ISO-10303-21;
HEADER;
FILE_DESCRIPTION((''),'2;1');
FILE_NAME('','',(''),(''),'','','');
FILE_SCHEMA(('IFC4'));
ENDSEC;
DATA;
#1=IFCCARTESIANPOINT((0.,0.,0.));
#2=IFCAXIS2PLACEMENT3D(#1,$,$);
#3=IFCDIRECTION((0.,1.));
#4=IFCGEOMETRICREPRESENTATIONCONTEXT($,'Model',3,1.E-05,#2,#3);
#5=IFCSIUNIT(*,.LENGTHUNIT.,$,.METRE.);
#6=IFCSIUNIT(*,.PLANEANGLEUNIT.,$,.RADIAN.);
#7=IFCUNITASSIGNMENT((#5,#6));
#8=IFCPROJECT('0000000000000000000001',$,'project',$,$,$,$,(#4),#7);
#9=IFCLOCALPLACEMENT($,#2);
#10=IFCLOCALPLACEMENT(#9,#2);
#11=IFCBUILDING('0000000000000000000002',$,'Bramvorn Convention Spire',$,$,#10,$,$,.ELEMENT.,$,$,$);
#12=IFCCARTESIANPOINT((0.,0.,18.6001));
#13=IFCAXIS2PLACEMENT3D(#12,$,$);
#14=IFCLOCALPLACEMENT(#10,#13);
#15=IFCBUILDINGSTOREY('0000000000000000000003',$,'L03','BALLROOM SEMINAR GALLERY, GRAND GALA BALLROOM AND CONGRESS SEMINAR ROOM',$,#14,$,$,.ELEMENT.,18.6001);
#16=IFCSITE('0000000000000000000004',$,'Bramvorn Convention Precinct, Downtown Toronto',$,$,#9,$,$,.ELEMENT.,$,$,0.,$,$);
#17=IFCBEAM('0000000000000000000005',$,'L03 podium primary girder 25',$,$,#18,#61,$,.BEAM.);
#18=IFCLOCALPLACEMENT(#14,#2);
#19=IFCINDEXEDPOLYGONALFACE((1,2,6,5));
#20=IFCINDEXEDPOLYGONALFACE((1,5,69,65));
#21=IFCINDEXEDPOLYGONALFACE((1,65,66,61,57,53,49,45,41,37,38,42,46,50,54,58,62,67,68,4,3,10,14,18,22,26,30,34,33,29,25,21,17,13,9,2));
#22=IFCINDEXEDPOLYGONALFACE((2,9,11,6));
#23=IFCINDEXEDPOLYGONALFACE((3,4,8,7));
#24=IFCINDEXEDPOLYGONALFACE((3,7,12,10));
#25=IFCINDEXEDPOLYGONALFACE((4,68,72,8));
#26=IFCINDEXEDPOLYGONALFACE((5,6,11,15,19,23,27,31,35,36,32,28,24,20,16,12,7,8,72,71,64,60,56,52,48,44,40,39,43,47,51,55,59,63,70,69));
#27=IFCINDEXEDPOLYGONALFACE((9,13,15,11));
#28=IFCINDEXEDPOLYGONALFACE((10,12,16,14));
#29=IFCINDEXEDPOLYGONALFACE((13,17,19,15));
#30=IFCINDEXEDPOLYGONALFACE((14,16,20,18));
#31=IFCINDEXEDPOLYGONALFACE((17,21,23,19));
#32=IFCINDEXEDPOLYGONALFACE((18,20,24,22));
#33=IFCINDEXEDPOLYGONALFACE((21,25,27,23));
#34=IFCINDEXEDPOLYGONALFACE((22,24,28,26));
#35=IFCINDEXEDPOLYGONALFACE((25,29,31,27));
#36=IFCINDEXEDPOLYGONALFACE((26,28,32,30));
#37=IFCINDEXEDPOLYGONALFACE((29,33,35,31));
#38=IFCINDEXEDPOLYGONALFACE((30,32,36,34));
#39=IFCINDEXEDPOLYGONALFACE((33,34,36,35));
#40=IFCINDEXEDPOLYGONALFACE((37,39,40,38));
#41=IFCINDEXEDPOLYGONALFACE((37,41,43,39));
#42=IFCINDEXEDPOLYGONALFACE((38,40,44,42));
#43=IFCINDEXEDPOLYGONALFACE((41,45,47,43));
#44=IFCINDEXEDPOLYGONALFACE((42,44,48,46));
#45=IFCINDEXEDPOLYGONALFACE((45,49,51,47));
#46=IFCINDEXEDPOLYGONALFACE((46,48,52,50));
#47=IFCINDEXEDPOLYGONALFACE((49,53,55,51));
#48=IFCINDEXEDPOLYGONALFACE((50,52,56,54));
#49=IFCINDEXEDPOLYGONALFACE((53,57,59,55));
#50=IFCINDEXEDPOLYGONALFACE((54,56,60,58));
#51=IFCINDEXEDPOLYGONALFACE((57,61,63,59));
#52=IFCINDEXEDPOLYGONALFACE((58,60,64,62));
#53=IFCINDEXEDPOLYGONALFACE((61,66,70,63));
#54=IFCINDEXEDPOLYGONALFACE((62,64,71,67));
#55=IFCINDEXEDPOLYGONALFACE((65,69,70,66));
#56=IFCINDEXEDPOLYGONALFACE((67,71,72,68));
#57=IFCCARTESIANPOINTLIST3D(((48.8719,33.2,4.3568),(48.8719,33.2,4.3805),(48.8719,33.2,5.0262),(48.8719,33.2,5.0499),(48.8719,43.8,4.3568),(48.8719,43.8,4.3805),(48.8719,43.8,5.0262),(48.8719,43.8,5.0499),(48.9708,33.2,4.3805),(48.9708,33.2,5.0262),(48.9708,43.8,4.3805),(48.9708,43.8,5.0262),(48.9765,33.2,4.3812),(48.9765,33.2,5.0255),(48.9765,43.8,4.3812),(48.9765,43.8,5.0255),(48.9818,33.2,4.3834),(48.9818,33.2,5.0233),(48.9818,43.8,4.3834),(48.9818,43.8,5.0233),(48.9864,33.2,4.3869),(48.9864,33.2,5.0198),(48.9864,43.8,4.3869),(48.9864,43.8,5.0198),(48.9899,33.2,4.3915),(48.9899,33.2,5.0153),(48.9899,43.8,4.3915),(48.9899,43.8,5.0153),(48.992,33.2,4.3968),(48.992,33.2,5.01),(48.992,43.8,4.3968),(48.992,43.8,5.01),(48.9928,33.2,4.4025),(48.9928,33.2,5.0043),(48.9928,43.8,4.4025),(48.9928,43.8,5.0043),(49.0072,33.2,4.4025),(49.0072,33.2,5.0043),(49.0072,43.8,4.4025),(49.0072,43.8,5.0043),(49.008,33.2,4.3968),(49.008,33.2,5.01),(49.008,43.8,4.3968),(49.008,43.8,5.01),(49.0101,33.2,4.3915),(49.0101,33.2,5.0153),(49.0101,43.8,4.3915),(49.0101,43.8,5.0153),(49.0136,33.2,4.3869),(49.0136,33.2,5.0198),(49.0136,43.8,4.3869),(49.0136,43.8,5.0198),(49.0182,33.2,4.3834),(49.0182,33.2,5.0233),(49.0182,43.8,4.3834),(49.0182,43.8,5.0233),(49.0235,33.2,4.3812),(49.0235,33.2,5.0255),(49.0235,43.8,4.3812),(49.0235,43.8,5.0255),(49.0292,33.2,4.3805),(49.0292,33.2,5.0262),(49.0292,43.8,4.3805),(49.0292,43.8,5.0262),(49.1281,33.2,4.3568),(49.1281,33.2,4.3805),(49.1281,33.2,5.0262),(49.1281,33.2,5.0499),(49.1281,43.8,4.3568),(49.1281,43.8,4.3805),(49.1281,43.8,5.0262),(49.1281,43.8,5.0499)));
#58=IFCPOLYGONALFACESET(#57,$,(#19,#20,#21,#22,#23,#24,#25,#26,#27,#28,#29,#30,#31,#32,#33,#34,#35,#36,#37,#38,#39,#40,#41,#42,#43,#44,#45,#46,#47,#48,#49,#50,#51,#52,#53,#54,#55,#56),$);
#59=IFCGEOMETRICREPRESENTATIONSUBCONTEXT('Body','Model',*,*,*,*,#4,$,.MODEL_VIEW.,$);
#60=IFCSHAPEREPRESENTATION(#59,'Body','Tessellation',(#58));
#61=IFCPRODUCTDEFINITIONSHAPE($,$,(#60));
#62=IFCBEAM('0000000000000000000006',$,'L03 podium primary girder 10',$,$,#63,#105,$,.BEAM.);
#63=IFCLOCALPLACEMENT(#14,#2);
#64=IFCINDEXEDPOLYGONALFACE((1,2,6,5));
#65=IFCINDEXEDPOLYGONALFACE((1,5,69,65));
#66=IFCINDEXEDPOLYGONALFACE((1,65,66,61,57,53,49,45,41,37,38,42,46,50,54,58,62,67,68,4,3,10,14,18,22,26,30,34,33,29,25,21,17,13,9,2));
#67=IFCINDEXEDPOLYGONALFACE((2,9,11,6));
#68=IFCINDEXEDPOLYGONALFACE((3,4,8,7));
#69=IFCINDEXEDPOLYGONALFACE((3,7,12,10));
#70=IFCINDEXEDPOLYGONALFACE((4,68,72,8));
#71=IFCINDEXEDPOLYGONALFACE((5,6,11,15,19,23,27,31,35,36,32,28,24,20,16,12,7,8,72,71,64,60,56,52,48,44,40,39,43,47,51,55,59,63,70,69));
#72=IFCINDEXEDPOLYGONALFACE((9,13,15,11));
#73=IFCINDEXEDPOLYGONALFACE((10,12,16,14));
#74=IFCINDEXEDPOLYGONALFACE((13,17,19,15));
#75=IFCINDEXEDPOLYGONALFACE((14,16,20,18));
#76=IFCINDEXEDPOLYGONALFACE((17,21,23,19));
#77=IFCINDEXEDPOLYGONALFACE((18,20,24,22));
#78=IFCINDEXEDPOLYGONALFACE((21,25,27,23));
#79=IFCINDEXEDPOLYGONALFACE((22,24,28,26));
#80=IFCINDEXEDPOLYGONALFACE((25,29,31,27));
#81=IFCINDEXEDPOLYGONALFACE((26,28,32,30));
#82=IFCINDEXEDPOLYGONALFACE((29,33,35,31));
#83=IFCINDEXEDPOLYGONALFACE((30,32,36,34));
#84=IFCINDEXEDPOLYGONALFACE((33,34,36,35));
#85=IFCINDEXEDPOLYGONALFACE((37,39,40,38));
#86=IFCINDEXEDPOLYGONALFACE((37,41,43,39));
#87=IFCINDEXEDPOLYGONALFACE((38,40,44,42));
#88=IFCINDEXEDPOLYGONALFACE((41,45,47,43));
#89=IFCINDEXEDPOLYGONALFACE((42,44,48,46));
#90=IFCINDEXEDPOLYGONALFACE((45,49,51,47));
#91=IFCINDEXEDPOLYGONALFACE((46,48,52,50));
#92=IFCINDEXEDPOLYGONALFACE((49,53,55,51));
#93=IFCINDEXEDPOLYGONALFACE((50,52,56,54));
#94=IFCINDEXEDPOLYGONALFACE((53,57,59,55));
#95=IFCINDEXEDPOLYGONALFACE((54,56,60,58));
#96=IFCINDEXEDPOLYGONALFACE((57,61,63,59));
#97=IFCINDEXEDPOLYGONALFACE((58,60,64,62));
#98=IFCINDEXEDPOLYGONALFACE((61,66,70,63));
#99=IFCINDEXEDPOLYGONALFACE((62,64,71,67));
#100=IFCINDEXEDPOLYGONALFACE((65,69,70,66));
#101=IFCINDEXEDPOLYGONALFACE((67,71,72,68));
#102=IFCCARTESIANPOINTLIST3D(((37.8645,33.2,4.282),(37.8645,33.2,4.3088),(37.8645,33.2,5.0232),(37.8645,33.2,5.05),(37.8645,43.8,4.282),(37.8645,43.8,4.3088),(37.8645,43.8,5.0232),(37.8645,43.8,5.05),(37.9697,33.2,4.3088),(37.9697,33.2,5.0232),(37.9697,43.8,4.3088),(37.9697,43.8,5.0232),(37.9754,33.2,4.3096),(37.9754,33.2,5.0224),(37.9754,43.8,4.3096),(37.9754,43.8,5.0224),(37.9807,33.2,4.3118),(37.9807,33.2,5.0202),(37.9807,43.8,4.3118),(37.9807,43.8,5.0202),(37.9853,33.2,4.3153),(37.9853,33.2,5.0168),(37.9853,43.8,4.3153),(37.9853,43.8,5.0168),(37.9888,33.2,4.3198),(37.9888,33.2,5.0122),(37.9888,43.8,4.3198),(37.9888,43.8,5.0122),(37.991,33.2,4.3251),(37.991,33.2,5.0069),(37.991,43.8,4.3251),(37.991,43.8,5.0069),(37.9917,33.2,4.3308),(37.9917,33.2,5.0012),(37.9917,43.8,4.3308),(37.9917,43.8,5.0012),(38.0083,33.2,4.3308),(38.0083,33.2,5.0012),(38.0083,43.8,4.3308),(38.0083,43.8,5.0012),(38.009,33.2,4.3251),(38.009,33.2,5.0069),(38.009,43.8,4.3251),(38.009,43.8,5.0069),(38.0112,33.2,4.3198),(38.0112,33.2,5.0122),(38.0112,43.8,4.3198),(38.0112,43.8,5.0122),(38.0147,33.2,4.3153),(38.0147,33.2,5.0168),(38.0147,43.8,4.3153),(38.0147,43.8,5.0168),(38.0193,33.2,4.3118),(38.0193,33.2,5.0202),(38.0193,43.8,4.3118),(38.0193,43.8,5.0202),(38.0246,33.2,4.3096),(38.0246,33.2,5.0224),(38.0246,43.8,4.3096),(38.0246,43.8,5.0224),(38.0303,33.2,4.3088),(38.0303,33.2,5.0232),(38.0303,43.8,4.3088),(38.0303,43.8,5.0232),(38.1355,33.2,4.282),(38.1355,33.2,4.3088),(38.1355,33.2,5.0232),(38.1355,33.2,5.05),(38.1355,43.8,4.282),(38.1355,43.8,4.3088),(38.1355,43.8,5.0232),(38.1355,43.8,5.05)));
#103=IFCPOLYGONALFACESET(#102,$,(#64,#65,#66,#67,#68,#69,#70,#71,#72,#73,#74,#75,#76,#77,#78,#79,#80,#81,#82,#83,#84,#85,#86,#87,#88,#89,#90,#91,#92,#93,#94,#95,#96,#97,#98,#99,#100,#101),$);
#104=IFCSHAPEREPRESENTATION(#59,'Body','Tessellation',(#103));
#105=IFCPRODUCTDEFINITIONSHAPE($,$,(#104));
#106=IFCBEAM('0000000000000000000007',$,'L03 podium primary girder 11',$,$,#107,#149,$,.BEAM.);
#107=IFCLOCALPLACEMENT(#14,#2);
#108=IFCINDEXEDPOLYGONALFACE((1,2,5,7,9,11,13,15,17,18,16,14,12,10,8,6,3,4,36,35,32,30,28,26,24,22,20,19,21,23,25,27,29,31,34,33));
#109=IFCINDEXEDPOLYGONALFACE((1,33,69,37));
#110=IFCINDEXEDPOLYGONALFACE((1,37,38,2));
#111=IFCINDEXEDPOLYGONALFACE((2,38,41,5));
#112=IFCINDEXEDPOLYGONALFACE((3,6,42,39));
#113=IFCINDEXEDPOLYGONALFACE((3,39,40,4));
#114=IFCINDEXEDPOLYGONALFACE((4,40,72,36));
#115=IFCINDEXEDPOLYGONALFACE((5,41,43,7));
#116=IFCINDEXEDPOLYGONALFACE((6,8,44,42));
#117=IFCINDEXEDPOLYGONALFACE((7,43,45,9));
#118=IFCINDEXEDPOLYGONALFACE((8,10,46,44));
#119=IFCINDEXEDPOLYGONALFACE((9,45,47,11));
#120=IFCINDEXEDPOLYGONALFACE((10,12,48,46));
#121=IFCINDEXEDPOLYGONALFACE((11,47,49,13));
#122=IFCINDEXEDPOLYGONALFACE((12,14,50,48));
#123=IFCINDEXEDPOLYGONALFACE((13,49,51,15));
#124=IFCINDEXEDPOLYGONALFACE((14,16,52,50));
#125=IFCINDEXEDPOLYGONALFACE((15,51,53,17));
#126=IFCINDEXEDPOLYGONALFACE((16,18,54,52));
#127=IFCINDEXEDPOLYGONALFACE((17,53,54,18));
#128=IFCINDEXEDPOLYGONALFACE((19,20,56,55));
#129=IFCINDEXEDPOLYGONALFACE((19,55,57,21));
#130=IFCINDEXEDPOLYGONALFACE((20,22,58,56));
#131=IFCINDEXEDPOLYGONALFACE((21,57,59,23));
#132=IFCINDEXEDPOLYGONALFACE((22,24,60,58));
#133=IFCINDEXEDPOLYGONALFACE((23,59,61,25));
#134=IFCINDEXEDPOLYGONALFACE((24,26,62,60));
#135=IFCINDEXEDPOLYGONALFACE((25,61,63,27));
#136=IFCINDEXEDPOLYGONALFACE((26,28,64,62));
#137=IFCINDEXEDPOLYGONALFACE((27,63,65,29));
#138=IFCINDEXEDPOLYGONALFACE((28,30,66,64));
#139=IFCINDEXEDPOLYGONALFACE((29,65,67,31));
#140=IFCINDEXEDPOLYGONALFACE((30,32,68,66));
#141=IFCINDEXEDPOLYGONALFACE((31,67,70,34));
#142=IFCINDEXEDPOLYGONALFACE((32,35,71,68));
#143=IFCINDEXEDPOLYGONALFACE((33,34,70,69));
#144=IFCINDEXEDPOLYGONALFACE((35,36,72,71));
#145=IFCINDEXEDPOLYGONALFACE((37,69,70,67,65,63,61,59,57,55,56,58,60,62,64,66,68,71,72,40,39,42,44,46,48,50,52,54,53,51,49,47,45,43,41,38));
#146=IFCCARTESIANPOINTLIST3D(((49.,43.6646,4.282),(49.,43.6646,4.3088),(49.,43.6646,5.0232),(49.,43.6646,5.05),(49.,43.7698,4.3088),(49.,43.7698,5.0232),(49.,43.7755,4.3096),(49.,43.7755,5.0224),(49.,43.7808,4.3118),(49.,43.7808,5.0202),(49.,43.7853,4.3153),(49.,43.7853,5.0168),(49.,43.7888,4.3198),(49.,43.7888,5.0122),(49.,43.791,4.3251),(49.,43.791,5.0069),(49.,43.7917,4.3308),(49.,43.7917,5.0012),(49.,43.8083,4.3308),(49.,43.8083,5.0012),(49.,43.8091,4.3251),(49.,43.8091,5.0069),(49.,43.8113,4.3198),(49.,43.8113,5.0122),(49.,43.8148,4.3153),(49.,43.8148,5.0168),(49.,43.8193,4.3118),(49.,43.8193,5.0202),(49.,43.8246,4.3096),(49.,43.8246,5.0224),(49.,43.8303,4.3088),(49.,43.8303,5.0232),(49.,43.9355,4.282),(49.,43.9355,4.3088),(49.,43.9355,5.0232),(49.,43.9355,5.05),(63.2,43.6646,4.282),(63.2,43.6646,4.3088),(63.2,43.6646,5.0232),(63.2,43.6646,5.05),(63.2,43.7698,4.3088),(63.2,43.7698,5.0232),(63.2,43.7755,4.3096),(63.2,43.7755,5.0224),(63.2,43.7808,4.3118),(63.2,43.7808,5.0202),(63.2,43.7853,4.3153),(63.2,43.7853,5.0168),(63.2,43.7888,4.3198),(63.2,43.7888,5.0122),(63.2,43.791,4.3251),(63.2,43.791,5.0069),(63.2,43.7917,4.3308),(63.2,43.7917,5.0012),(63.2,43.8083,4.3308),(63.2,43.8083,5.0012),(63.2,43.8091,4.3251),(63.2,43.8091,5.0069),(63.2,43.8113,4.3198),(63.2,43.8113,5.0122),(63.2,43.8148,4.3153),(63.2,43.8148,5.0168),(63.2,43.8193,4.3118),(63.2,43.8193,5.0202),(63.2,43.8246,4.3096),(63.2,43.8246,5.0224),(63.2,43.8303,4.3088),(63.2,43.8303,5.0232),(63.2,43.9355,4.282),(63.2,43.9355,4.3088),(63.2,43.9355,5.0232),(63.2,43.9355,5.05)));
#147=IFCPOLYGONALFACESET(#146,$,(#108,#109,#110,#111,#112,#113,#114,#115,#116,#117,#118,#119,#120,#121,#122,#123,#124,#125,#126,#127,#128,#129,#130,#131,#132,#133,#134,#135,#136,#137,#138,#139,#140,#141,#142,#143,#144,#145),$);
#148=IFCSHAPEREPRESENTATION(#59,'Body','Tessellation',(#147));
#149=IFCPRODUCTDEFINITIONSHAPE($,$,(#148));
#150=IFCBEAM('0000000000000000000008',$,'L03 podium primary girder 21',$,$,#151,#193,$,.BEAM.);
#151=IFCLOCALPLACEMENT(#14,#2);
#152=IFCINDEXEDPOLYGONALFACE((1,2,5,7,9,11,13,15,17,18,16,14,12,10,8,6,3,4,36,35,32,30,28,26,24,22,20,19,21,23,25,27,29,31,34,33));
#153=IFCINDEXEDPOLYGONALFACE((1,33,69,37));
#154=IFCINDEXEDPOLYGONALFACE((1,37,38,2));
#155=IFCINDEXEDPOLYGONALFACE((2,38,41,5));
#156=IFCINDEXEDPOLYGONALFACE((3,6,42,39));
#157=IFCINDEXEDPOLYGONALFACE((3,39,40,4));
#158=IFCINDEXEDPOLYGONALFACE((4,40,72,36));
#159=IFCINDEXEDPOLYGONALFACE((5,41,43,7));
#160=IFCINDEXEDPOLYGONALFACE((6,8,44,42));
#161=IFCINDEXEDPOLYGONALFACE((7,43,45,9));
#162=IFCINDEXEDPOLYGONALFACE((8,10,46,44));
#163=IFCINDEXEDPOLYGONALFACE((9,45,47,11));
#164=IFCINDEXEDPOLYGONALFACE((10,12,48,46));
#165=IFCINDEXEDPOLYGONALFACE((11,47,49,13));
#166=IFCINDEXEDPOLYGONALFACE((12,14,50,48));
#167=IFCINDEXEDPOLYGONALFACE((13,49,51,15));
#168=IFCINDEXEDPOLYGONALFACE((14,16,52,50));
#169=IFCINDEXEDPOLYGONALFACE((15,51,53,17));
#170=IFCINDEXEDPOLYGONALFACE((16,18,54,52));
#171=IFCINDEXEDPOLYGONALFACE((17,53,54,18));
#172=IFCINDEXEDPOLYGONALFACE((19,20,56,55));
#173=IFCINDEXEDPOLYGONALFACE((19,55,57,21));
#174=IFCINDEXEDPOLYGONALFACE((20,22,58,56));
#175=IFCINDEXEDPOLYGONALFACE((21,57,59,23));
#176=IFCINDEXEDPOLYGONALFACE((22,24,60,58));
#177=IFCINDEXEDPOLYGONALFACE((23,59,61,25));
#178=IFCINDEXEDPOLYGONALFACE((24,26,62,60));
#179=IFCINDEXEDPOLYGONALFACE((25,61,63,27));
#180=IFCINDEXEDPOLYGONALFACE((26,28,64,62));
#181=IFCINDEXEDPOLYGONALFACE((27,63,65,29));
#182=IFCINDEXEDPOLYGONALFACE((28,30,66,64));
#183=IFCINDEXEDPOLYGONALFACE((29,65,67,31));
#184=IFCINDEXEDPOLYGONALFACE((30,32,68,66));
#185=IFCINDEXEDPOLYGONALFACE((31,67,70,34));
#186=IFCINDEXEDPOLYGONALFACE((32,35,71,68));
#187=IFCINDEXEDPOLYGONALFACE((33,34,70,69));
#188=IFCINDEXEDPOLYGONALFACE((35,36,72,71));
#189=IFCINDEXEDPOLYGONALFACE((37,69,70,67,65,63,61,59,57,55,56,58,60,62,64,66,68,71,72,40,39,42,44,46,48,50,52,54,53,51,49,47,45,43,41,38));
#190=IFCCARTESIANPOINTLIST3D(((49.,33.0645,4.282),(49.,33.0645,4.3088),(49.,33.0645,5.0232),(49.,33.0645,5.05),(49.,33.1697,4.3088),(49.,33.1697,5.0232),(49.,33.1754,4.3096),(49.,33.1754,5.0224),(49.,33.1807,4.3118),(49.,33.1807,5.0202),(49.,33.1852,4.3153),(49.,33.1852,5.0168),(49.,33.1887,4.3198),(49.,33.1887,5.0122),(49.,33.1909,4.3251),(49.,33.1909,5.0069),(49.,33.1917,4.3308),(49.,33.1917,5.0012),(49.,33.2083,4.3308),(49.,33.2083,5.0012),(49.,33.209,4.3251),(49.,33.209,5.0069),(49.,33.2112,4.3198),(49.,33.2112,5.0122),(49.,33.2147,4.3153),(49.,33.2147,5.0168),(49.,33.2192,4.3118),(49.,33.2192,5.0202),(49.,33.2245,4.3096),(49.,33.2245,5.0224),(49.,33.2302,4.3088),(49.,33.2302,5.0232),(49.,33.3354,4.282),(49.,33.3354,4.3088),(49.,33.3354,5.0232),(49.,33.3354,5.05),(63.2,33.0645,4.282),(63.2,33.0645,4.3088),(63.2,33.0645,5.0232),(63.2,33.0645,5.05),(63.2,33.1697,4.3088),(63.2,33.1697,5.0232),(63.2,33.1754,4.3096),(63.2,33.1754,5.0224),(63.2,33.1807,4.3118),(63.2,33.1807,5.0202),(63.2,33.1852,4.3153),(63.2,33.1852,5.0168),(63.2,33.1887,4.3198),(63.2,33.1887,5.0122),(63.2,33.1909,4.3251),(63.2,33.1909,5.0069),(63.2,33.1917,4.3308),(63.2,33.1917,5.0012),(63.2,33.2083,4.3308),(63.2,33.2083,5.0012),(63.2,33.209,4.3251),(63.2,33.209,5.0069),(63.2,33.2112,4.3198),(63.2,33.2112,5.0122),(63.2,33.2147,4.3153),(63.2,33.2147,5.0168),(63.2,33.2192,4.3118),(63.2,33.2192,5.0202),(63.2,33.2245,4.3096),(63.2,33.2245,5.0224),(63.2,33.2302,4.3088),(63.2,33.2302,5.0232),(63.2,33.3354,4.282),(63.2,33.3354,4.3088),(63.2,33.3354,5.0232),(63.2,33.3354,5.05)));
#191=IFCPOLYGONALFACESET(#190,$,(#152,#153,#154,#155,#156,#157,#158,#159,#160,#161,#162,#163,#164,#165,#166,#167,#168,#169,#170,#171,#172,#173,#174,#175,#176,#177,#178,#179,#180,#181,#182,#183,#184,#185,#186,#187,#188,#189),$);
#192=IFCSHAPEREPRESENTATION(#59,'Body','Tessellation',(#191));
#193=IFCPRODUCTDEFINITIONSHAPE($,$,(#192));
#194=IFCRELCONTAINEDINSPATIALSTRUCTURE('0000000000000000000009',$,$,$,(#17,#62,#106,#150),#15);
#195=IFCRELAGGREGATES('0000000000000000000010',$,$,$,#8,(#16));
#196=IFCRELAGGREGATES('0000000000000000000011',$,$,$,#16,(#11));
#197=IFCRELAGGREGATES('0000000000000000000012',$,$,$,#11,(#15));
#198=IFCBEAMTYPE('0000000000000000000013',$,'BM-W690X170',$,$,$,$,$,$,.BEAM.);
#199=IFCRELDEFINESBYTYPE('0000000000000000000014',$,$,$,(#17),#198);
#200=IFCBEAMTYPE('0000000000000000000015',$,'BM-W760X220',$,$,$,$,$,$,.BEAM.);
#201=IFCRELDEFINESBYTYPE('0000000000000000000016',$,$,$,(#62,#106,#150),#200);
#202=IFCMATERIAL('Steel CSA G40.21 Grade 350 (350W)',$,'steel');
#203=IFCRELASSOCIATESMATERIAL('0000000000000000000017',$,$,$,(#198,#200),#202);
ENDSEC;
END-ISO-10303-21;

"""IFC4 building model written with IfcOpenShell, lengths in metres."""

from ifc_helpers import new_model, si_unit, direction, frame, origin, origin_2d, place, context, subcontext, project, spatial, i_section, extrude, material, material_profile, profile_set, type_object, element, save


model = new_model("IFC4")

# Units and contexts
model_context = context("Model", 3, precision=1e-05, world=origin(), true_north=direction((0.0, 1.0)))
body_context = subcontext(model_context, "Body", "Model", "MODEL_VIEW")
ifc_project = project(units=[si_unit("LENGTHUNIT", "METRE"), si_unit("PLANEANGLEUNIT", "RADIAN")], contexts=[model_context])

# Site, building, storey
site_placement = place(None, origin())
site = spatial("IfcSite", under=ifc_project, at=site_placement, Name="Bramvorn Convention Precinct, Downtown Toronto", CompositionType="ELEMENT", RefElevation=0.0)
building_placement = place(site_placement, origin())
building = spatial("IfcBuilding", under=site, at=building_placement, Name="Bramvorn Convention Spire", CompositionType="ELEMENT")
storey_placement = place(building_placement, frame((0.0, 0.0, 18.6001)))
storey = spatial("IfcBuildingStorey", under=building, at=storey_placement, Name="L03", Description="BALLROOM SEMINAR GALLERY, GRAND GALA BALLROOM AND CONGRESS SEMINAR ROOM", CompositionType="ELEMENT", Elevation=18.6001)

# Shared definitions
ifc_material_1 = material(Name="Steel CSA G40.21 Grade 350 (350W)", Category="steel")

# Beams
ifc_material_profile_1 = material_profile(ifc_material_1, i_section(OverallWidth=0.2561, OverallDepth=0.6931, WebThickness=0.0144, FlangeThickness=0.0237, FilletRadius=0.022, at=origin_2d()))
ifc_profile_set_1 = profile_set([ifc_material_profile_1], Name="Steel CSA G40.21 Grade 350 (350W) - W690X170")
beam_type_1 = type_object("IfcBeamType", Name="BM-W690X170", PredefinedType="BEAM", material=ifc_profile_set_1)
beam_1_placement = place(storey_placement, frame((49.0, 33.2, 4.7034), z_axis=(0.0, 1.0, 0.0), x_axis=(-1.0, 0.0, 0.0)))
element("IfcBeam", 1, at=beam_1_placement, inside=storey, type_object=beam_type_1, Name="L03 podium primary girder 25", PredefinedType="BEAM", context=body_context, shape_type="SweptSolid", body=[
    extrude(i_section(OverallWidth=0.2561, OverallDepth=0.6931, WebThickness=0.0144, FlangeThickness=0.0237, FilletRadius=0.022, at=origin_2d()), origin(), (0.0, 0.0, 1.0), 10.6001),
])
ifc_material_profile_2 = material_profile(ifc_material_1, i_section(OverallWidth=0.271, OverallDepth=0.7681, WebThickness=0.0166, FlangeThickness=0.0269, FilletRadius=0.022, at=origin_2d()))
ifc_profile_set_2 = profile_set([ifc_material_profile_2], Name="Steel CSA G40.21 Grade 350 (350W) - W760X220")
beam_type_2 = type_object("IfcBeamType", Name="BM-W760X220", PredefinedType="BEAM", material=ifc_profile_set_2)
beam_2_placement = place(storey_placement, frame((38.0, 33.2, 4.666), z_axis=(0.0, 1.0, 0.0), x_axis=(-1.0, 0.0, 0.0)))
element("IfcBeam", 2, at=beam_2_placement, inside=storey, type_object=beam_type_2, Name="L03 podium primary girder 10", PredefinedType="BEAM", context=body_context, shape_type="SweptSolid", body=[
    extrude(i_section(OverallWidth=0.271, OverallDepth=0.7681, WebThickness=0.0166, FlangeThickness=0.0269, FilletRadius=0.022, at=origin_2d()), origin(), (0.0, 0.0, 1.0), 10.6001),
])
for number, where, z_axis, x_axis, name in (
    (3, (49.0, 43.8, 4.666), (1.0, 0.0, 0.0), (0.0, 1.0, 0.0), "L03 podium primary girder 11"),
    (4, (49.0, 33.2, 4.666), (1.0, 0.0, 0.0), (0.0, 1.0, 0.0), "L03 podium primary girder 21"),
):
    element("IfcBeam", number, at=place(storey_placement, frame(where, z_axis=z_axis, x_axis=x_axis)), inside=storey, type_object=beam_type_2, Name=name, PredefinedType="BEAM", context=body_context, shape_type="SweptSolid", body=[
        extrude(i_section(OverallWidth=0.271, OverallDepth=0.7681, WebThickness=0.0166, FlangeThickness=0.0269, FilletRadius=0.022, at=origin_2d()), origin(), (0.0, 0.0, 1.0), 14.2),
    ])

save(model, "model.ifc")
